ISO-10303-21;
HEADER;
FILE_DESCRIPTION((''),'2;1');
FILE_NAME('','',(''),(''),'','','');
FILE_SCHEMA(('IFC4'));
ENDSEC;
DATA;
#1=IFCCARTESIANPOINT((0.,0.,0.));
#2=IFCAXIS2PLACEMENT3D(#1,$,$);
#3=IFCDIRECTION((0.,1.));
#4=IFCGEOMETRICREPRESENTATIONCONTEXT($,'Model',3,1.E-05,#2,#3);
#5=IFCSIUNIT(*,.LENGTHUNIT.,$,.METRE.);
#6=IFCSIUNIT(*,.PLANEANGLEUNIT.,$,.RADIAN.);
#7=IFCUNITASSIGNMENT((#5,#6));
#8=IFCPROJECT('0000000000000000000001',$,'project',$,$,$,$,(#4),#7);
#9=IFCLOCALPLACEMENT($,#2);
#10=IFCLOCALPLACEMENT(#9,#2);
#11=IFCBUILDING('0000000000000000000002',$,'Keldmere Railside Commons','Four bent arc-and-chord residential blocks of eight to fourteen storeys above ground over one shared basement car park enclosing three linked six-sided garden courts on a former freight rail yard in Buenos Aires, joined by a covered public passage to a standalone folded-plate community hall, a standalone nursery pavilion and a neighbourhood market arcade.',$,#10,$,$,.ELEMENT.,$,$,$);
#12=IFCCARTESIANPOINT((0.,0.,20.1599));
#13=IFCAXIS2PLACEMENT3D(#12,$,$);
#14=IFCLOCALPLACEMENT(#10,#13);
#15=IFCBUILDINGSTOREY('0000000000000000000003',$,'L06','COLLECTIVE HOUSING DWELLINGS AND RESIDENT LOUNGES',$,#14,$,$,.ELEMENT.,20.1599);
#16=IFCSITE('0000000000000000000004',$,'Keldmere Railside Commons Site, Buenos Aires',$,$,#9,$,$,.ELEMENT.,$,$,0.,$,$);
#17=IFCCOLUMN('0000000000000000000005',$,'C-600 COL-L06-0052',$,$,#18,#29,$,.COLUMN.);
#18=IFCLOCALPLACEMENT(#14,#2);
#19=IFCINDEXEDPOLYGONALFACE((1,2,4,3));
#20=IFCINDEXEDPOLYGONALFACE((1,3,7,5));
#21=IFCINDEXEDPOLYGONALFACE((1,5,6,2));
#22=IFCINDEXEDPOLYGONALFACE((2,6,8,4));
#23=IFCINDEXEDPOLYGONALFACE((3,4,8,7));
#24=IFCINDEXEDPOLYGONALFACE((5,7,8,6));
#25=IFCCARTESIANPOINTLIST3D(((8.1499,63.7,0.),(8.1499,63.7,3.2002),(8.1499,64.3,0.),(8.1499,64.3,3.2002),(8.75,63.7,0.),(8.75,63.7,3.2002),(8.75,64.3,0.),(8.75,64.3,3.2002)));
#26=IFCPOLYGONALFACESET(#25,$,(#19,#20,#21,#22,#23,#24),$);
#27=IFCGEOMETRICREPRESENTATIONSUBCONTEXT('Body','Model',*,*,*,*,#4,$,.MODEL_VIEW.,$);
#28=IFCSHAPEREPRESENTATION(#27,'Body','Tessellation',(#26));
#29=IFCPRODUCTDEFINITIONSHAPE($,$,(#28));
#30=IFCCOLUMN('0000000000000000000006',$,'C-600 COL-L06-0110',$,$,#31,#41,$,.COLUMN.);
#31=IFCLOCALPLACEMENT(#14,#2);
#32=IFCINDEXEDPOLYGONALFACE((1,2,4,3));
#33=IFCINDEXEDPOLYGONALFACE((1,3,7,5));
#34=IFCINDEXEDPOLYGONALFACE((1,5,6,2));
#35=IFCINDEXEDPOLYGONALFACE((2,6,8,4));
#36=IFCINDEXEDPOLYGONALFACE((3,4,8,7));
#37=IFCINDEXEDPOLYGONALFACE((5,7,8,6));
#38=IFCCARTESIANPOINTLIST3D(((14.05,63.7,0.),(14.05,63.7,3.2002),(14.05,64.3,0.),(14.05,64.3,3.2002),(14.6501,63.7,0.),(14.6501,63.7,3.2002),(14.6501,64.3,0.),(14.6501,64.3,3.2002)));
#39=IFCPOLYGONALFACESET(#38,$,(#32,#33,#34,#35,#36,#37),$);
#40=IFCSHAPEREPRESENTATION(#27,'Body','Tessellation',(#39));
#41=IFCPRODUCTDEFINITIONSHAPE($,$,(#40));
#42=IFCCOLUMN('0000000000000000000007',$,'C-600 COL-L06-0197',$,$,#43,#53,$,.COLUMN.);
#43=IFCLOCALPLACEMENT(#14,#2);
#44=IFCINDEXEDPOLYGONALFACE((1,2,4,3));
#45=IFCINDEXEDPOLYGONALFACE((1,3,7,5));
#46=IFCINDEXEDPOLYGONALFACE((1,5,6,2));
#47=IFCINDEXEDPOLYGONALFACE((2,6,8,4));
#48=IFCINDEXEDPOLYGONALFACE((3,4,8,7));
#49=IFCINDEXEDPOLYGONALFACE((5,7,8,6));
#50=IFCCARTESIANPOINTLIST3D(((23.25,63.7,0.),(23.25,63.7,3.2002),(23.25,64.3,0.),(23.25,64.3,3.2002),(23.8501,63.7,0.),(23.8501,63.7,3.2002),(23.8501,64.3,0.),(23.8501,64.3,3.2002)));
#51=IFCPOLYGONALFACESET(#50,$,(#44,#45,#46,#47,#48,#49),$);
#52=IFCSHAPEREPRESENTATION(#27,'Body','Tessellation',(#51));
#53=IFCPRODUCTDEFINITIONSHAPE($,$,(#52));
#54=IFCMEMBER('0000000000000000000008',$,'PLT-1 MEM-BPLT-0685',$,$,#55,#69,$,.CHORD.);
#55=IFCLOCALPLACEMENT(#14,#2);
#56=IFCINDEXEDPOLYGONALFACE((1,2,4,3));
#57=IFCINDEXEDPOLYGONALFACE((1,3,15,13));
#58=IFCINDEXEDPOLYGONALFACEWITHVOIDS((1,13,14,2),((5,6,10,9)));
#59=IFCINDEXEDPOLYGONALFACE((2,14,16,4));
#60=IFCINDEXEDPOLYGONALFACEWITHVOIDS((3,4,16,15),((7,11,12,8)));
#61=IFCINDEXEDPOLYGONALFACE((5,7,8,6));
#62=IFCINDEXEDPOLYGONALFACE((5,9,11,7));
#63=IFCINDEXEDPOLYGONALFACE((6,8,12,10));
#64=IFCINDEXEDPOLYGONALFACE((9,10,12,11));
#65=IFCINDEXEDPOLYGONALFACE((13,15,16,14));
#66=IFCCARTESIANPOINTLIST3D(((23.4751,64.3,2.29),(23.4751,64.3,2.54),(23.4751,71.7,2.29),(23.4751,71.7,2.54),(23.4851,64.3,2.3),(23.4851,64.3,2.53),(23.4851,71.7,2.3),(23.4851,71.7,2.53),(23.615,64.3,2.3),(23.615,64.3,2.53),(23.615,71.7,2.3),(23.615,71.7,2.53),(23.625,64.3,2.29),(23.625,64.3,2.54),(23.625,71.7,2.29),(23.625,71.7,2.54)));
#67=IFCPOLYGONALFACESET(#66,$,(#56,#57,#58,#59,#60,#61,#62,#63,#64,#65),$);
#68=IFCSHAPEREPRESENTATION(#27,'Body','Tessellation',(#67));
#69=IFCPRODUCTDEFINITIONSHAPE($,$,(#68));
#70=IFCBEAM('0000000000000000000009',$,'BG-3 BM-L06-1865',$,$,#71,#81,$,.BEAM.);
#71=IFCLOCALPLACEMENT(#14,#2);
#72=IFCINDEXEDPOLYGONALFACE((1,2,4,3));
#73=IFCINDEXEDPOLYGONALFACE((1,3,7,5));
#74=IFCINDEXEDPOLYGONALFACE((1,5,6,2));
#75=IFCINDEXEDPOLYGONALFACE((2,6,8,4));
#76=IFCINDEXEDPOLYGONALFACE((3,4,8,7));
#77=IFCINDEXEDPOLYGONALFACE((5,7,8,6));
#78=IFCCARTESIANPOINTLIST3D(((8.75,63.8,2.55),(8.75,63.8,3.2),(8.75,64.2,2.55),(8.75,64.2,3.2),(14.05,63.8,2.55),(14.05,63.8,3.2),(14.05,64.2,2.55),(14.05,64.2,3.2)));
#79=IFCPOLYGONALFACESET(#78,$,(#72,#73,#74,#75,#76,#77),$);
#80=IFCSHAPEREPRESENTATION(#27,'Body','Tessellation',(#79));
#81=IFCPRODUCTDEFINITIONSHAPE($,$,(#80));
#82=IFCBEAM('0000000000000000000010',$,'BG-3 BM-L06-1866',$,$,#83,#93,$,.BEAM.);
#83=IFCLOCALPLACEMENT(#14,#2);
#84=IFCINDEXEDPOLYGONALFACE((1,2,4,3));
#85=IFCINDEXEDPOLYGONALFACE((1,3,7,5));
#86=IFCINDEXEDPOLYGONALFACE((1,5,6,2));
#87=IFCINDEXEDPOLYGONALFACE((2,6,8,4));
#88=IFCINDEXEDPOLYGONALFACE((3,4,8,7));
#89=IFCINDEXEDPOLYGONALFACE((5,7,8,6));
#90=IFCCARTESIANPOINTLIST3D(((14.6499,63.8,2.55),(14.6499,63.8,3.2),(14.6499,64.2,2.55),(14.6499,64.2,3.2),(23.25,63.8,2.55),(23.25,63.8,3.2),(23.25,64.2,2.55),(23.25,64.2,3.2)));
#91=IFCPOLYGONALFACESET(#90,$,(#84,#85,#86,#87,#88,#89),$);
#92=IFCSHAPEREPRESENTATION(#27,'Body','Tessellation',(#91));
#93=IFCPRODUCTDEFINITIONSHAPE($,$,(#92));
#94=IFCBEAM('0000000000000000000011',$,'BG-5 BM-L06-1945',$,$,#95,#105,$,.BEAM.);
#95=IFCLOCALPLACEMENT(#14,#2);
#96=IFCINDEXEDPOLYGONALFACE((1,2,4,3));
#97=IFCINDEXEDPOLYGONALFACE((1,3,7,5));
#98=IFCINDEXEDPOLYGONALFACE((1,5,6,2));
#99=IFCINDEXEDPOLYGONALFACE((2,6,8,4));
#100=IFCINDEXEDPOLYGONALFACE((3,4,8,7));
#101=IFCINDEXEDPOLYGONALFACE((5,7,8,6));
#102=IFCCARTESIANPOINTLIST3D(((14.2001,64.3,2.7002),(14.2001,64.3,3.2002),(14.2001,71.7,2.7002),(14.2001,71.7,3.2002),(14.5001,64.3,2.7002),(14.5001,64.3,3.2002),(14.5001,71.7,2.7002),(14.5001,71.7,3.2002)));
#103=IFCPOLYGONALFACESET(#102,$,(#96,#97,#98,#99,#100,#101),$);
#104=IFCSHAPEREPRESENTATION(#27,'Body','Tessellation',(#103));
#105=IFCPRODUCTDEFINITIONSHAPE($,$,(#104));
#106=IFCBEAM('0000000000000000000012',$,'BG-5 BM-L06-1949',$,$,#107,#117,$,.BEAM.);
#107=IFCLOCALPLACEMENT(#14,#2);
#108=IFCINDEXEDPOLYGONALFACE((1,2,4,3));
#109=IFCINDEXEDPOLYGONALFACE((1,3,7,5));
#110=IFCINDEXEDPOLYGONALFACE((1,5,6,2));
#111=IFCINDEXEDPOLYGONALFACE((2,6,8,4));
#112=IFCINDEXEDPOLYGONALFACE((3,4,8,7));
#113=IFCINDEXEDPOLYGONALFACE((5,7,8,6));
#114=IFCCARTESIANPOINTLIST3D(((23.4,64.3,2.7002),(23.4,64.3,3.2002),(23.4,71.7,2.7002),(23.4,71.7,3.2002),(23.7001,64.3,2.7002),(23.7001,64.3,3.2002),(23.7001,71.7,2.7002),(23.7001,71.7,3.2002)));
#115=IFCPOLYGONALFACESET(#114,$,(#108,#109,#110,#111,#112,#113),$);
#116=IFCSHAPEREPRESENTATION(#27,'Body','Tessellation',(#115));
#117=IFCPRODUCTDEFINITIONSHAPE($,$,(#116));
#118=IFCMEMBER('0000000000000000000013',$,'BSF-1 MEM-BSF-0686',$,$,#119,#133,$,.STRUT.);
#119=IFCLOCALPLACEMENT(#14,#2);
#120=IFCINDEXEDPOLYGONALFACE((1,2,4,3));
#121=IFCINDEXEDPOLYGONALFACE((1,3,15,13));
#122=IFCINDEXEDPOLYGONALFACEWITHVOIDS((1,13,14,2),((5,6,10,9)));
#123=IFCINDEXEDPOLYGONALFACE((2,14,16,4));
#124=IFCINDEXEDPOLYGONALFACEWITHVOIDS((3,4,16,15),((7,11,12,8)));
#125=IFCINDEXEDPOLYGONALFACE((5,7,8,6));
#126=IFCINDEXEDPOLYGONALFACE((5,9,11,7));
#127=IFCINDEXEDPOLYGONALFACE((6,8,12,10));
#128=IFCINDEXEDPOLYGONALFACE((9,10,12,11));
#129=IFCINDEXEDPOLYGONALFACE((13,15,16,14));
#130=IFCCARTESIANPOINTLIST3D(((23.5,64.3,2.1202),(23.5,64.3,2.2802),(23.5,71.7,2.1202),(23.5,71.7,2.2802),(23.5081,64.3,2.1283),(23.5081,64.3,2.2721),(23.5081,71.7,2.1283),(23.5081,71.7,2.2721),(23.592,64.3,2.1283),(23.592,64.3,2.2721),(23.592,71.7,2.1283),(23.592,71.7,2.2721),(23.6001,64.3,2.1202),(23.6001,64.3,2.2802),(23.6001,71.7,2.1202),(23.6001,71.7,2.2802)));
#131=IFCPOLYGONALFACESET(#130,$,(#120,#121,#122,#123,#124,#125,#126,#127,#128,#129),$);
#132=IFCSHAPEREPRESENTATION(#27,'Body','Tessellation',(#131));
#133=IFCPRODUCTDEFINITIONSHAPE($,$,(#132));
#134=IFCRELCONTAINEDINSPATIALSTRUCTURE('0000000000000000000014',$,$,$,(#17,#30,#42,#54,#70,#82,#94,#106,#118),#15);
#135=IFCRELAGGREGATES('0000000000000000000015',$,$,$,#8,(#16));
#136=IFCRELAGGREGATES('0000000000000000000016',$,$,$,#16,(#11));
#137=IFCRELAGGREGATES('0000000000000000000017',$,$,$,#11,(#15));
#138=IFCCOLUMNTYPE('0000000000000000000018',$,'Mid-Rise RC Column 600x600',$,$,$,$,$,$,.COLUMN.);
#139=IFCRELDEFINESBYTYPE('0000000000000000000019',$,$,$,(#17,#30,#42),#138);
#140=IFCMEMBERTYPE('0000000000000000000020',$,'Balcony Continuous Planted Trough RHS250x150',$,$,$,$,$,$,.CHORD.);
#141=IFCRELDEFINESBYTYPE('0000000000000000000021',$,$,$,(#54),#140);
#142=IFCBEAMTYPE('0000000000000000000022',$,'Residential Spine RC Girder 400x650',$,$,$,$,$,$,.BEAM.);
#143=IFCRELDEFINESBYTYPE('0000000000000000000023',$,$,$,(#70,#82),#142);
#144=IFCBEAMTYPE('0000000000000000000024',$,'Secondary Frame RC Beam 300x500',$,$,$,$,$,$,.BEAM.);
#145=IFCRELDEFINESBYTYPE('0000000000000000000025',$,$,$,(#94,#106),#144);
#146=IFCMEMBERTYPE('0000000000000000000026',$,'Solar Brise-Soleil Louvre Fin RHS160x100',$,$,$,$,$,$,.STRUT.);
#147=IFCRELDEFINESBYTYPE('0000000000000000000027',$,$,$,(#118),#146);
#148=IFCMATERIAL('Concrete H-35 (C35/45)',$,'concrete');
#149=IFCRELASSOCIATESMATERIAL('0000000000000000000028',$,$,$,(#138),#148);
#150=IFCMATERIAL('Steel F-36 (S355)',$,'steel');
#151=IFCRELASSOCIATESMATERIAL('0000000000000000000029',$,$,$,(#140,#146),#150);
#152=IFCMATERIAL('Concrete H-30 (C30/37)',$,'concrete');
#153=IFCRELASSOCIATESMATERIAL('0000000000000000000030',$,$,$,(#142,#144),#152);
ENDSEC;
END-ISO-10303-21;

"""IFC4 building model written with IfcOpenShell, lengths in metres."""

from ifc_helpers import new_model, si_unit, direction, frame, origin, origin_2d, place, context, subcontext, project, spatial, rectangle, hollow_rectangle, extrude, material, material_profile, profile_set, type_object, element, save


model = new_model("IFC4")

# Units and contexts
model_context = context("Model", 3, precision=1e-05, world=origin(), true_north=direction((0.0, 1.0)))
body_context = subcontext(model_context, "Body", "Model", "MODEL_VIEW")
ifc_project = project(units=[si_unit("LENGTHUNIT", "METRE"), si_unit("PLANEANGLEUNIT", "RADIAN")], contexts=[model_context])

# Site, building, storey
site_placement = place(None, origin())
site = spatial("IfcSite", under=ifc_project, at=site_placement, Name="Keldmere Railside Commons Site, Buenos Aires", CompositionType="ELEMENT", RefElevation=0.0)
building_placement = place(site_placement, origin())
building = spatial("IfcBuilding", under=site, at=building_placement, Name="Keldmere Railside Commons", Description="Four bent arc-and-chord residential blocks of eight to fourteen storeys above ground over one shared basement car park enclosing three linked six-sided garden courts on a former freight rail yard in Buenos Aires, joined by a covered public passage to a standalone folded-plate community hall, a standalone nursery pavilion and a neighbourhood market arcade.", CompositionType="ELEMENT")
storey_placement = place(building_placement, frame((0.0, 0.0, 20.1599)))
storey = spatial("IfcBuildingStorey", under=building, at=storey_placement, Name="L06", Description="COLLECTIVE HOUSING DWELLINGS AND RESIDENT LOUNGES", CompositionType="ELEMENT", Elevation=20.1599)

# Columns
ifc_material_1 = material(Name="Concrete H-35 (C35/45)", Category="concrete")
ifc_material_profile_1 = material_profile(ifc_material_1, rectangle(XDim=0.6001, YDim=0.6001, at=origin_2d()), Name="RC-600x600")
ifc_profile_set_1 = profile_set([ifc_material_profile_1], Name="Concrete H-35 (C35/45)")
column_type = type_object("IfcColumnType", Name="Mid-Rise RC Column 600x600", PredefinedType="COLUMN", material=ifc_profile_set_1)
for number, where, z_axis, x_axis, name in (
    (1, (8.45, 64.0, 0.0), (0.0, 0.0, 1.0), (1.0, 0.0, 0.0), "C-600 COL-L06-0052"),
    (2, (14.3501, 64.0, 0.0), (0.0, 0.0, 1.0), (1.0, 0.0, 0.0), "C-600 COL-L06-0110"),
    (3, (23.55, 64.0, 0.0), (0.0, 0.0, 1.0), (1.0, 0.0, 0.0), "C-600 COL-L06-0197"),
):
    element("IfcColumn", number, at=place(storey_placement, frame(where, z_axis=z_axis, x_axis=x_axis)), inside=storey, type_object=column_type, Name=name, PredefinedType="COLUMN", context=body_context, shape_type="SweptSolid", body=[
        extrude(rectangle(XDim=0.6001, YDim=0.6001, at=origin_2d()), origin(), (0.0, 0.0, 1.0), 3.2002),
    ])

# Member
ifc_material_2 = material(Name="Steel F-36 (S355)", Category="steel")
ifc_material_profile_2 = material_profile(ifc_material_2, hollow_rectangle(XDim=0.1499, YDim=0.25, WallThickness=0.01, at=origin_2d()), Name="RHS-250x150x10")
ifc_profile_set_2 = profile_set([ifc_material_profile_2], Name="Steel F-36 (S355)")
member_type_1 = type_object("IfcMemberType", Name="Balcony Continuous Planted Trough RHS250x150", PredefinedType="CHORD", material=ifc_profile_set_2)
member_1_placement = place(storey_placement, frame((23.55, 64.3, 2.415), z_axis=(0.0, 1.0, 0.0), x_axis=(-1.0, 0.0, 0.0)))
element("IfcMember", 4, at=member_1_placement, inside=storey, type_object=member_type_1, Name="PLT-1 MEM-BPLT-0685", PredefinedType="CHORD", context=body_context, shape_type="SweptSolid", body=[
    extrude(hollow_rectangle(XDim=0.1499, YDim=0.25, WallThickness=0.01, at=origin_2d()), origin(), (0.0, 0.0, 1.0), 7.3999),
])

# Beams
ifc_material_3 = material(Name="Concrete H-30 (C30/37)", Category="concrete")
ifc_material_profile_3 = material_profile(ifc_material_3, rectangle(XDim=0.3999, YDim=0.6499, at=origin_2d()), Name="RC-400x650")
ifc_profile_set_3 = profile_set([ifc_material_profile_3], Name="Concrete H-30 (C30/37)")
beam_type_1 = type_object("IfcBeamType", Name="Residential Spine RC Girder 400x650", PredefinedType="BEAM", material=ifc_profile_set_3)
beam_1_placement = place(storey_placement, frame((8.75, 64.0, 2.875), z_axis=(1.0, 0.0, 0.0), x_axis=(0.0, 1.0, 0.0)))
element("IfcBeam", 5, at=beam_1_placement, inside=storey, type_object=beam_type_1, Name="BG-3 BM-L06-1865", PredefinedType="BEAM", context=body_context, shape_type="SweptSolid", body=[
    extrude(rectangle(XDim=0.3999, YDim=0.6499, at=origin_2d()), origin(), (0.0, 0.0, 1.0), 5.3),
])
beam_2_placement = place(storey_placement, frame((14.6499, 64.0, 2.875), z_axis=(1.0, 0.0, 0.0), x_axis=(0.0, 1.0, 0.0)))
element("IfcBeam", 6, at=beam_2_placement, inside=storey, type_object=beam_type_1, Name="BG-3 BM-L06-1866", PredefinedType="BEAM", context=body_context, shape_type="SweptSolid", body=[
    extrude(rectangle(XDim=0.3999, YDim=0.6499, at=origin_2d()), origin(), (0.0, 0.0, 1.0), 8.6001),
])
ifc_material_profile_4 = material_profile(ifc_material_3, rectangle(XDim=0.3, YDim=0.5, at=origin_2d()), Name="RC-300x500")
ifc_profile_set_4 = profile_set([ifc_material_profile_4], Name="Concrete H-30 (C30/37)")
beam_type_2 = type_object("IfcBeamType", Name="Secondary Frame RC Beam 300x500", PredefinedType="BEAM", material=ifc_profile_set_4)
for number, where, z_axis, x_axis, name in (
    (7, (14.3501, 64.3, 2.9502), (0.0, 1.0, 0.0), (-1.0, 0.0, 0.0), "BG-5 BM-L06-1945"),
    (8, (23.55, 64.3, 2.9502), (0.0, 1.0, 0.0), (-1.0, 0.0, 0.0), "BG-5 BM-L06-1949"),
):
    element("IfcBeam", number, at=place(storey_placement, frame(where, z_axis=z_axis, x_axis=x_axis)), inside=storey, type_object=beam_type_2, Name=name, PredefinedType="BEAM", context=body_context, shape_type="SweptSolid", body=[
        extrude(rectangle(XDim=0.3, YDim=0.5, at=origin_2d()), origin(), (0.0, 0.0, 1.0), 7.3999),
    ])

# Member
ifc_material_profile_5 = material_profile(ifc_material_2, hollow_rectangle(XDim=0.1001, YDim=0.1599, WallThickness=0.0081, at=origin_2d()), Name="RHS-160x100x8")
ifc_profile_set_5 = profile_set([ifc_material_profile_5], Name="Steel F-36 (S355)")
member_type_2 = type_object("IfcMemberType", Name="Solar Brise-Soleil Louvre Fin RHS160x100", PredefinedType="STRUT", material=ifc_profile_set_5)
member_2_placement = place(storey_placement, frame((23.55, 64.3, 2.2002), z_axis=(0.0, 1.0, 0.0), x_axis=(-1.0, 0.0, 0.0)))
element("IfcMember", 9, at=member_2_placement, inside=storey, type_object=member_type_2, Name="BSF-1 MEM-BSF-0686", PredefinedType="STRUT", context=body_context, shape_type="SweptSolid", body=[
    extrude(hollow_rectangle(XDim=0.1001, YDim=0.1599, WallThickness=0.0081, at=origin_2d()), origin(), (0.0, 0.0, 1.0), 7.3999),
])

save(model, "model.ifc")
